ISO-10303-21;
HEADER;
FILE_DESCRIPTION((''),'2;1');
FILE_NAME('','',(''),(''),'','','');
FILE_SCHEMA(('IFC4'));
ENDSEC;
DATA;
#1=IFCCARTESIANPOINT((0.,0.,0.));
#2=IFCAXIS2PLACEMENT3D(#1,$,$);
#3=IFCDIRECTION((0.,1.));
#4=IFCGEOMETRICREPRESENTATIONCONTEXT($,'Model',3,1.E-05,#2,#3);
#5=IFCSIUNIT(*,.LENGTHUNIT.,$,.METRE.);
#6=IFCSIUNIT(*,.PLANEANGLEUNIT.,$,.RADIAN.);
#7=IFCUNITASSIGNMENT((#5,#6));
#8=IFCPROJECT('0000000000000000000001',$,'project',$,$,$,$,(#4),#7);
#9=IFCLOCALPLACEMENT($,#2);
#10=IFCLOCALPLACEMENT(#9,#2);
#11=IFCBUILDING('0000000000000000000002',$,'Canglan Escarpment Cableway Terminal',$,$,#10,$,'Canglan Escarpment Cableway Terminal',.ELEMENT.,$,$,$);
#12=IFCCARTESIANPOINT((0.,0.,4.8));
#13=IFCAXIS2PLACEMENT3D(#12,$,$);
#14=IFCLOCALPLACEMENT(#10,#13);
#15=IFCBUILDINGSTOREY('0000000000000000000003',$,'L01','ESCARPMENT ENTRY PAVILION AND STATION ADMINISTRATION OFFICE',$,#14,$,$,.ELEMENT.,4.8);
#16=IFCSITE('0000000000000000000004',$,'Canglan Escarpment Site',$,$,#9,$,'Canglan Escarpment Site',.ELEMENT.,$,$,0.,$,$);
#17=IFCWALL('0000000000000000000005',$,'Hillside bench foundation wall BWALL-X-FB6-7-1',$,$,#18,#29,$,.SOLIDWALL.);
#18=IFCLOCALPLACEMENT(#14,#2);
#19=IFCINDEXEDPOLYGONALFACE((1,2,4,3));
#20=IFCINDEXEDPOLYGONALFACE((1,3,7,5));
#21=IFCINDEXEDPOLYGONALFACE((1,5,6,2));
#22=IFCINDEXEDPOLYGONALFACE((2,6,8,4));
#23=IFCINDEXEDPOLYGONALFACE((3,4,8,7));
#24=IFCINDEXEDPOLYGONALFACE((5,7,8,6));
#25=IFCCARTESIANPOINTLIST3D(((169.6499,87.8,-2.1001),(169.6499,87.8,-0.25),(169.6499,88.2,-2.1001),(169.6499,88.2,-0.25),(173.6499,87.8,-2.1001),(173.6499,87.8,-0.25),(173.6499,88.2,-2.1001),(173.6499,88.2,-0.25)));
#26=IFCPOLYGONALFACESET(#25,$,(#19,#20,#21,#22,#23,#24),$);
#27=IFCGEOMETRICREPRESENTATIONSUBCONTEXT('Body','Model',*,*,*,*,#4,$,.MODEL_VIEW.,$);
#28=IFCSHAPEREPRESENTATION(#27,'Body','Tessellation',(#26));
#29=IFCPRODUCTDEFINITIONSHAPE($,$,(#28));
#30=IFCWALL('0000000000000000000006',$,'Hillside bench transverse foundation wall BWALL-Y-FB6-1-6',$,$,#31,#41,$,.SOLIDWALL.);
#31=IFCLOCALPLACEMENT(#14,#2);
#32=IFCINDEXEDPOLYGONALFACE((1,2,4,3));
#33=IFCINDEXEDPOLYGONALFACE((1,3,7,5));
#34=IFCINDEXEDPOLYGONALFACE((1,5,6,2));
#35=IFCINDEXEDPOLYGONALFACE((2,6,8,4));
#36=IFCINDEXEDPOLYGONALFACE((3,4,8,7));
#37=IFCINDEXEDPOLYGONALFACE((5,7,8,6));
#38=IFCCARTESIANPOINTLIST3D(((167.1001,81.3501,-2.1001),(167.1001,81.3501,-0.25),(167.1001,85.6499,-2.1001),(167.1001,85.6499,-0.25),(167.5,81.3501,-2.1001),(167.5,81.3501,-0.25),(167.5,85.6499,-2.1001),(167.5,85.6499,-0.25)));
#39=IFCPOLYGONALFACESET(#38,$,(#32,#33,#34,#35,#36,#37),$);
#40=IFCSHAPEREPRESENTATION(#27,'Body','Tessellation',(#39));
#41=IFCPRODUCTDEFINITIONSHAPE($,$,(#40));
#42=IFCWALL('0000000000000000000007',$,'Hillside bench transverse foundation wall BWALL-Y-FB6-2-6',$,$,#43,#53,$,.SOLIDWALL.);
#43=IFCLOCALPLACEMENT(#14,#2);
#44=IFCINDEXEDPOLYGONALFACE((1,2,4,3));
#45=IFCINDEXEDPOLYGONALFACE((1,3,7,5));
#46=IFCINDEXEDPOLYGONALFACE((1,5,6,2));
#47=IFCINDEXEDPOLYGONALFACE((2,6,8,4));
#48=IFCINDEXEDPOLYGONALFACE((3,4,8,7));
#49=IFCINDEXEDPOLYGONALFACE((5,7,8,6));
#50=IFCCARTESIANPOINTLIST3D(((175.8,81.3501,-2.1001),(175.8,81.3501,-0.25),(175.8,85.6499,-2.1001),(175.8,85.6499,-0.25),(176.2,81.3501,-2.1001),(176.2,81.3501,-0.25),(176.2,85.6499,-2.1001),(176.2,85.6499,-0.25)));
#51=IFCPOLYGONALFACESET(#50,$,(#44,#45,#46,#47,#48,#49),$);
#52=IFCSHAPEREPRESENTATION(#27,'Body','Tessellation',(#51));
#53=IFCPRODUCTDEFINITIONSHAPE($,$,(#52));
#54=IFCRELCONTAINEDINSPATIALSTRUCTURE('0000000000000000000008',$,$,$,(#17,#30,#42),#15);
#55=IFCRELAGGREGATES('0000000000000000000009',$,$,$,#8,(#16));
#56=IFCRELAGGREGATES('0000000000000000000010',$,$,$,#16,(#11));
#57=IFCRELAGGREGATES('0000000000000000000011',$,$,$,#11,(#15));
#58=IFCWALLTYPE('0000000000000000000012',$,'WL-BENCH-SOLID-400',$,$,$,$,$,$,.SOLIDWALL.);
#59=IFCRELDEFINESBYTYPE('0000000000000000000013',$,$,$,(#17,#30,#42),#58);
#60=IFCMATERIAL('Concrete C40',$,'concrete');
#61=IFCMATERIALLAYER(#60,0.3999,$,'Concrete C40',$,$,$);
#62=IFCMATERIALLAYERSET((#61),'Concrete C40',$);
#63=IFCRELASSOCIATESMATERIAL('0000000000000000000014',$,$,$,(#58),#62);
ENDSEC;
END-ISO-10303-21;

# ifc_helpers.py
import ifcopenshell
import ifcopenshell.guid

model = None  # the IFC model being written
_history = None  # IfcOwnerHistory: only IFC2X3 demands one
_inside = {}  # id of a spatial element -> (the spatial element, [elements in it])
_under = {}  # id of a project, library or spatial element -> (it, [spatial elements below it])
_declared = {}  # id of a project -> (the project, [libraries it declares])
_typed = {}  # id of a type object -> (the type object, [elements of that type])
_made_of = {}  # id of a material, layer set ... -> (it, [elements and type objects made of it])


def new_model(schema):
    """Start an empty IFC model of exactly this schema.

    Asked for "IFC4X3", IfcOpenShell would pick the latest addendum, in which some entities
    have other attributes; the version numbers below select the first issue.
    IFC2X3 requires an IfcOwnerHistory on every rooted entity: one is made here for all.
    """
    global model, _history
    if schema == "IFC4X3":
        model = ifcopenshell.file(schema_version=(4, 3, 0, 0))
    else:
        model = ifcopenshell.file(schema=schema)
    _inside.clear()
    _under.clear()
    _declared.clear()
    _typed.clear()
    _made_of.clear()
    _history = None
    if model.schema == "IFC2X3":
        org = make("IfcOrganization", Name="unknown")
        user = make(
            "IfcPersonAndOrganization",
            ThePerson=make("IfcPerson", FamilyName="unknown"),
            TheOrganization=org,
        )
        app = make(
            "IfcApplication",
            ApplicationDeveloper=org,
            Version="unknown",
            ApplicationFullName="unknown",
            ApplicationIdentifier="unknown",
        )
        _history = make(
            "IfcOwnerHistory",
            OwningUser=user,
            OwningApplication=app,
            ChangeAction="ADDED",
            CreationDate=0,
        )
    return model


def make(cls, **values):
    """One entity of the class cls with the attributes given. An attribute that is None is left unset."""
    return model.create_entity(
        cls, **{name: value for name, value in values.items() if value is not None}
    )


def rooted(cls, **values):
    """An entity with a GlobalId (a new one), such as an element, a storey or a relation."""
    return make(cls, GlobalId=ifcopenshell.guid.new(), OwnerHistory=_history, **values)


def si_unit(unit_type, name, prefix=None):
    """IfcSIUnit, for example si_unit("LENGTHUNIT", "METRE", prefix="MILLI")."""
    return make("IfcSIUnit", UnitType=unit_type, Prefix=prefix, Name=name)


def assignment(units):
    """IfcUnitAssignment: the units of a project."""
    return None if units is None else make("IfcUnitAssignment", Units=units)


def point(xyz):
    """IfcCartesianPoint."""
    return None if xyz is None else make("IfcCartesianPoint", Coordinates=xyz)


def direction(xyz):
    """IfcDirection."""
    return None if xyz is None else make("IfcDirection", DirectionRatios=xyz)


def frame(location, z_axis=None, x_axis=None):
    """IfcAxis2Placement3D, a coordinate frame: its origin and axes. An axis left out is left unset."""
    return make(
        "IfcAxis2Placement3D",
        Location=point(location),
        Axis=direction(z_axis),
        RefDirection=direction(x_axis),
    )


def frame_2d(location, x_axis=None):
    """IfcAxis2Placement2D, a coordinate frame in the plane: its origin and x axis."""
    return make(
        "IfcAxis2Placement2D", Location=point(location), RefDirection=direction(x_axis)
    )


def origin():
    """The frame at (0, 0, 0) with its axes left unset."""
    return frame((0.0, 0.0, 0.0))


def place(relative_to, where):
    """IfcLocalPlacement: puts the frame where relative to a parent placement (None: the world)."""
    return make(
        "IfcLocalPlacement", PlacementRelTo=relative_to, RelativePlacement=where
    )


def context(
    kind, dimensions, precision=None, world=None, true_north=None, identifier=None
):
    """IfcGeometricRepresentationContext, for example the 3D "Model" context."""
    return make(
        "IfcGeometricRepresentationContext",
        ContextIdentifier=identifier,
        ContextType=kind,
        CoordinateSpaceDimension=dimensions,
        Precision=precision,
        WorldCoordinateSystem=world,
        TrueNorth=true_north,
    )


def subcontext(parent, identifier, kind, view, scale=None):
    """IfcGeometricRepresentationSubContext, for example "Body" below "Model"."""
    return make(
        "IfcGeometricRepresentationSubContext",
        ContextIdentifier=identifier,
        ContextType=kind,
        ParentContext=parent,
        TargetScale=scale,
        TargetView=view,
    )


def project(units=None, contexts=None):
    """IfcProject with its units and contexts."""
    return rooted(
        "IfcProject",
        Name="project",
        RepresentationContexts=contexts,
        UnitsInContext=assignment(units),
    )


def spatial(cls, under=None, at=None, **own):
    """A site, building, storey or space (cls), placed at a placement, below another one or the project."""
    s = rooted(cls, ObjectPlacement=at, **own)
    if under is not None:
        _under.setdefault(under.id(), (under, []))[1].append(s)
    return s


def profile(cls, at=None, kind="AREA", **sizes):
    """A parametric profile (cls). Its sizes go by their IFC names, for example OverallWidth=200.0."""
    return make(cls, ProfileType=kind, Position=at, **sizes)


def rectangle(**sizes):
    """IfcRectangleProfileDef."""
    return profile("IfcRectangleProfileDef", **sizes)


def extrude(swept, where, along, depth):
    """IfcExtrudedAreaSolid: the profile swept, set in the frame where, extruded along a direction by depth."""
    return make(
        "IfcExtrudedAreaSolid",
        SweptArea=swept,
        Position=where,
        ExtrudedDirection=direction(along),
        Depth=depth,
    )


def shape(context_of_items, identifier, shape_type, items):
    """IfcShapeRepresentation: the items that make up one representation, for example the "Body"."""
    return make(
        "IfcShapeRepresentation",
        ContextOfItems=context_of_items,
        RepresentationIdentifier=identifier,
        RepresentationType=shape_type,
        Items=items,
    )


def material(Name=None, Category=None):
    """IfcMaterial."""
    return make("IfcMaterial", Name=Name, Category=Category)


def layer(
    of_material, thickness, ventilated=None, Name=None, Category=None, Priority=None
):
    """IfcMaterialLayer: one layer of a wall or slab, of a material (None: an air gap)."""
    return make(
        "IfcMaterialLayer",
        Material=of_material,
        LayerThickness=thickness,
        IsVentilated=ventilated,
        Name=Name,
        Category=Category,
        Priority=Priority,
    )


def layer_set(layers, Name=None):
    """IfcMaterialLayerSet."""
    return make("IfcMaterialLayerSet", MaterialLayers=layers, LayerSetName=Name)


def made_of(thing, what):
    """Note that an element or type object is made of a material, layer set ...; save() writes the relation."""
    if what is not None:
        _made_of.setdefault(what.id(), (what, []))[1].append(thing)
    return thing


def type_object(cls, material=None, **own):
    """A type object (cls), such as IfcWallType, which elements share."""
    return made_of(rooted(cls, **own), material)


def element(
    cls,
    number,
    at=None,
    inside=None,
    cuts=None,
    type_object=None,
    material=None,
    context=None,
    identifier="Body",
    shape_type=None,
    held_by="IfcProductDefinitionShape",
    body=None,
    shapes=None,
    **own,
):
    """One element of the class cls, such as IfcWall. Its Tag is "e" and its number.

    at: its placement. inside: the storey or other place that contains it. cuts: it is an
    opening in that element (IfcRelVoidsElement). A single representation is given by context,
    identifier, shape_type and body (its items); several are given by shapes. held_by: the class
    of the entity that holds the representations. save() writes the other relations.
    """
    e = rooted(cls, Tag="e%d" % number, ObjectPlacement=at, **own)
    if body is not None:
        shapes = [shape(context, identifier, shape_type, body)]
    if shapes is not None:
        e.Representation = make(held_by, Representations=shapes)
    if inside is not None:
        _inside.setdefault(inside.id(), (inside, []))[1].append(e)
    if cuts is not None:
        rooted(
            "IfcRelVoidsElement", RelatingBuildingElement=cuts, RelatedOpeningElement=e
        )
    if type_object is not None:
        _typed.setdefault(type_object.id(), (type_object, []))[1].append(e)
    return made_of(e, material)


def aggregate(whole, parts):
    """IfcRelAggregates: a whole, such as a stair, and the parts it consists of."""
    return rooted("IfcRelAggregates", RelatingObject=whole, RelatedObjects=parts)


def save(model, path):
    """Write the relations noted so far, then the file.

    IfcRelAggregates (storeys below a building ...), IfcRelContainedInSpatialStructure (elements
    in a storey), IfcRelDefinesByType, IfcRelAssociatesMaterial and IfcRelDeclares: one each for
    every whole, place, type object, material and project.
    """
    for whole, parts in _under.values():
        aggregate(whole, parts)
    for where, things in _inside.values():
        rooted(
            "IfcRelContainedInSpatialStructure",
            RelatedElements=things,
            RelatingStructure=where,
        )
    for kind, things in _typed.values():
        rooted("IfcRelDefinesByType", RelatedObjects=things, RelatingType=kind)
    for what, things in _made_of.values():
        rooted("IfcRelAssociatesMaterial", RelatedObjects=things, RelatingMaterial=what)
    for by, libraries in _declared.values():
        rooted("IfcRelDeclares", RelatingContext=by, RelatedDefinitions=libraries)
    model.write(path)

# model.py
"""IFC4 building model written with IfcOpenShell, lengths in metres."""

from ifc_helpers import new_model, si_unit, direction, frame, frame_2d, origin, place, context, subcontext, project, spatial, rectangle, extrude, material, layer, layer_set, type_object, element, save


model = new_model("IFC4")

# Units and contexts
model_context = context("Model", 3, precision=1e-05, world=origin(), true_north=direction((0.0, 1.0)))
body_context = subcontext(model_context, "Body", "Model", "MODEL_VIEW")
ifc_project = project(units=[si_unit("LENGTHUNIT", "METRE"), si_unit("PLANEANGLEUNIT", "RADIAN")], contexts=[model_context])

# Site, building, storey
site_placement = place(None, origin())
site = spatial("IfcSite", under=ifc_project, at=site_placement, Name="Canglan Escarpment Site", LongName="Canglan Escarpment Site", CompositionType="ELEMENT", RefElevation=0.0)
building_placement = place(site_placement, origin())
building = spatial("IfcBuilding", under=site, at=building_placement, Name="Canglan Escarpment Cableway Terminal", LongName="Canglan Escarpment Cableway Terminal", CompositionType="ELEMENT")
storey_placement = place(building_placement, frame((0.0, 0.0, 4.8)))
storey = spatial("IfcBuildingStorey", under=building, at=storey_placement, Name="L01", Description="ESCARPMENT ENTRY PAVILION AND STATION ADMINISTRATION OFFICE", CompositionType="ELEMENT", Elevation=4.8)

# Shared definitions
ifc_material_1 = material(Name="Concrete C40", Category="concrete")

# Walls
ifc_layer = layer(ifc_material_1, 0.3999, Name="Concrete C40")
ifc_layer_set = layer_set([ifc_layer], Name="Concrete C40")
wall_type = type_object("IfcWallType", Name="WL-BENCH-SOLID-400", PredefinedType="SOLIDWALL", material=ifc_layer_set)
wall_placement = place(storey_placement, frame((169.6499, 88.0, -2.1001), z_axis=(0.0, 0.0, 1.0), x_axis=(1.0, 0.0, 0.0)))
element("IfcWall", 1, at=wall_placement, inside=storey, type_object=wall_type, Name="Hillside bench foundation wall BWALL-X-FB6-7-1", PredefinedType="SOLIDWALL", context=body_context, shape_type="SweptSolid", body=[
    extrude(rectangle(XDim=4.0, YDim=0.3999, at=frame_2d((2.0, 0.0))), origin(), (0.0, 0.0, 1.0), 1.8501),
])
for number, where, z_axis, x_axis, name in (
    (2, (167.3, 81.3501, -2.1001), (0.0, 0.0, 1.0), (0.0, 1.0, 0.0), "Hillside bench transverse foundation wall BWALL-Y-FB6-1-6"),
    (3, (176.0, 81.3501, -2.1001), (0.0, 0.0, 1.0), (0.0, 1.0, 0.0), "Hillside bench transverse foundation wall BWALL-Y-FB6-2-6"),
):
    element("IfcWall", number, at=place(storey_placement, frame(where, z_axis=z_axis, x_axis=x_axis)), inside=storey, type_object=wall_type, Name=name, PredefinedType="SOLIDWALL", context=body_context, shape_type="SweptSolid", body=[
        extrude(rectangle(XDim=4.2998, YDim=0.3999, at=frame_2d((2.1499, 0.0))), origin(), (0.0, 0.0, 1.0), 1.8501),
    ])

save(model, "model.ifc")
